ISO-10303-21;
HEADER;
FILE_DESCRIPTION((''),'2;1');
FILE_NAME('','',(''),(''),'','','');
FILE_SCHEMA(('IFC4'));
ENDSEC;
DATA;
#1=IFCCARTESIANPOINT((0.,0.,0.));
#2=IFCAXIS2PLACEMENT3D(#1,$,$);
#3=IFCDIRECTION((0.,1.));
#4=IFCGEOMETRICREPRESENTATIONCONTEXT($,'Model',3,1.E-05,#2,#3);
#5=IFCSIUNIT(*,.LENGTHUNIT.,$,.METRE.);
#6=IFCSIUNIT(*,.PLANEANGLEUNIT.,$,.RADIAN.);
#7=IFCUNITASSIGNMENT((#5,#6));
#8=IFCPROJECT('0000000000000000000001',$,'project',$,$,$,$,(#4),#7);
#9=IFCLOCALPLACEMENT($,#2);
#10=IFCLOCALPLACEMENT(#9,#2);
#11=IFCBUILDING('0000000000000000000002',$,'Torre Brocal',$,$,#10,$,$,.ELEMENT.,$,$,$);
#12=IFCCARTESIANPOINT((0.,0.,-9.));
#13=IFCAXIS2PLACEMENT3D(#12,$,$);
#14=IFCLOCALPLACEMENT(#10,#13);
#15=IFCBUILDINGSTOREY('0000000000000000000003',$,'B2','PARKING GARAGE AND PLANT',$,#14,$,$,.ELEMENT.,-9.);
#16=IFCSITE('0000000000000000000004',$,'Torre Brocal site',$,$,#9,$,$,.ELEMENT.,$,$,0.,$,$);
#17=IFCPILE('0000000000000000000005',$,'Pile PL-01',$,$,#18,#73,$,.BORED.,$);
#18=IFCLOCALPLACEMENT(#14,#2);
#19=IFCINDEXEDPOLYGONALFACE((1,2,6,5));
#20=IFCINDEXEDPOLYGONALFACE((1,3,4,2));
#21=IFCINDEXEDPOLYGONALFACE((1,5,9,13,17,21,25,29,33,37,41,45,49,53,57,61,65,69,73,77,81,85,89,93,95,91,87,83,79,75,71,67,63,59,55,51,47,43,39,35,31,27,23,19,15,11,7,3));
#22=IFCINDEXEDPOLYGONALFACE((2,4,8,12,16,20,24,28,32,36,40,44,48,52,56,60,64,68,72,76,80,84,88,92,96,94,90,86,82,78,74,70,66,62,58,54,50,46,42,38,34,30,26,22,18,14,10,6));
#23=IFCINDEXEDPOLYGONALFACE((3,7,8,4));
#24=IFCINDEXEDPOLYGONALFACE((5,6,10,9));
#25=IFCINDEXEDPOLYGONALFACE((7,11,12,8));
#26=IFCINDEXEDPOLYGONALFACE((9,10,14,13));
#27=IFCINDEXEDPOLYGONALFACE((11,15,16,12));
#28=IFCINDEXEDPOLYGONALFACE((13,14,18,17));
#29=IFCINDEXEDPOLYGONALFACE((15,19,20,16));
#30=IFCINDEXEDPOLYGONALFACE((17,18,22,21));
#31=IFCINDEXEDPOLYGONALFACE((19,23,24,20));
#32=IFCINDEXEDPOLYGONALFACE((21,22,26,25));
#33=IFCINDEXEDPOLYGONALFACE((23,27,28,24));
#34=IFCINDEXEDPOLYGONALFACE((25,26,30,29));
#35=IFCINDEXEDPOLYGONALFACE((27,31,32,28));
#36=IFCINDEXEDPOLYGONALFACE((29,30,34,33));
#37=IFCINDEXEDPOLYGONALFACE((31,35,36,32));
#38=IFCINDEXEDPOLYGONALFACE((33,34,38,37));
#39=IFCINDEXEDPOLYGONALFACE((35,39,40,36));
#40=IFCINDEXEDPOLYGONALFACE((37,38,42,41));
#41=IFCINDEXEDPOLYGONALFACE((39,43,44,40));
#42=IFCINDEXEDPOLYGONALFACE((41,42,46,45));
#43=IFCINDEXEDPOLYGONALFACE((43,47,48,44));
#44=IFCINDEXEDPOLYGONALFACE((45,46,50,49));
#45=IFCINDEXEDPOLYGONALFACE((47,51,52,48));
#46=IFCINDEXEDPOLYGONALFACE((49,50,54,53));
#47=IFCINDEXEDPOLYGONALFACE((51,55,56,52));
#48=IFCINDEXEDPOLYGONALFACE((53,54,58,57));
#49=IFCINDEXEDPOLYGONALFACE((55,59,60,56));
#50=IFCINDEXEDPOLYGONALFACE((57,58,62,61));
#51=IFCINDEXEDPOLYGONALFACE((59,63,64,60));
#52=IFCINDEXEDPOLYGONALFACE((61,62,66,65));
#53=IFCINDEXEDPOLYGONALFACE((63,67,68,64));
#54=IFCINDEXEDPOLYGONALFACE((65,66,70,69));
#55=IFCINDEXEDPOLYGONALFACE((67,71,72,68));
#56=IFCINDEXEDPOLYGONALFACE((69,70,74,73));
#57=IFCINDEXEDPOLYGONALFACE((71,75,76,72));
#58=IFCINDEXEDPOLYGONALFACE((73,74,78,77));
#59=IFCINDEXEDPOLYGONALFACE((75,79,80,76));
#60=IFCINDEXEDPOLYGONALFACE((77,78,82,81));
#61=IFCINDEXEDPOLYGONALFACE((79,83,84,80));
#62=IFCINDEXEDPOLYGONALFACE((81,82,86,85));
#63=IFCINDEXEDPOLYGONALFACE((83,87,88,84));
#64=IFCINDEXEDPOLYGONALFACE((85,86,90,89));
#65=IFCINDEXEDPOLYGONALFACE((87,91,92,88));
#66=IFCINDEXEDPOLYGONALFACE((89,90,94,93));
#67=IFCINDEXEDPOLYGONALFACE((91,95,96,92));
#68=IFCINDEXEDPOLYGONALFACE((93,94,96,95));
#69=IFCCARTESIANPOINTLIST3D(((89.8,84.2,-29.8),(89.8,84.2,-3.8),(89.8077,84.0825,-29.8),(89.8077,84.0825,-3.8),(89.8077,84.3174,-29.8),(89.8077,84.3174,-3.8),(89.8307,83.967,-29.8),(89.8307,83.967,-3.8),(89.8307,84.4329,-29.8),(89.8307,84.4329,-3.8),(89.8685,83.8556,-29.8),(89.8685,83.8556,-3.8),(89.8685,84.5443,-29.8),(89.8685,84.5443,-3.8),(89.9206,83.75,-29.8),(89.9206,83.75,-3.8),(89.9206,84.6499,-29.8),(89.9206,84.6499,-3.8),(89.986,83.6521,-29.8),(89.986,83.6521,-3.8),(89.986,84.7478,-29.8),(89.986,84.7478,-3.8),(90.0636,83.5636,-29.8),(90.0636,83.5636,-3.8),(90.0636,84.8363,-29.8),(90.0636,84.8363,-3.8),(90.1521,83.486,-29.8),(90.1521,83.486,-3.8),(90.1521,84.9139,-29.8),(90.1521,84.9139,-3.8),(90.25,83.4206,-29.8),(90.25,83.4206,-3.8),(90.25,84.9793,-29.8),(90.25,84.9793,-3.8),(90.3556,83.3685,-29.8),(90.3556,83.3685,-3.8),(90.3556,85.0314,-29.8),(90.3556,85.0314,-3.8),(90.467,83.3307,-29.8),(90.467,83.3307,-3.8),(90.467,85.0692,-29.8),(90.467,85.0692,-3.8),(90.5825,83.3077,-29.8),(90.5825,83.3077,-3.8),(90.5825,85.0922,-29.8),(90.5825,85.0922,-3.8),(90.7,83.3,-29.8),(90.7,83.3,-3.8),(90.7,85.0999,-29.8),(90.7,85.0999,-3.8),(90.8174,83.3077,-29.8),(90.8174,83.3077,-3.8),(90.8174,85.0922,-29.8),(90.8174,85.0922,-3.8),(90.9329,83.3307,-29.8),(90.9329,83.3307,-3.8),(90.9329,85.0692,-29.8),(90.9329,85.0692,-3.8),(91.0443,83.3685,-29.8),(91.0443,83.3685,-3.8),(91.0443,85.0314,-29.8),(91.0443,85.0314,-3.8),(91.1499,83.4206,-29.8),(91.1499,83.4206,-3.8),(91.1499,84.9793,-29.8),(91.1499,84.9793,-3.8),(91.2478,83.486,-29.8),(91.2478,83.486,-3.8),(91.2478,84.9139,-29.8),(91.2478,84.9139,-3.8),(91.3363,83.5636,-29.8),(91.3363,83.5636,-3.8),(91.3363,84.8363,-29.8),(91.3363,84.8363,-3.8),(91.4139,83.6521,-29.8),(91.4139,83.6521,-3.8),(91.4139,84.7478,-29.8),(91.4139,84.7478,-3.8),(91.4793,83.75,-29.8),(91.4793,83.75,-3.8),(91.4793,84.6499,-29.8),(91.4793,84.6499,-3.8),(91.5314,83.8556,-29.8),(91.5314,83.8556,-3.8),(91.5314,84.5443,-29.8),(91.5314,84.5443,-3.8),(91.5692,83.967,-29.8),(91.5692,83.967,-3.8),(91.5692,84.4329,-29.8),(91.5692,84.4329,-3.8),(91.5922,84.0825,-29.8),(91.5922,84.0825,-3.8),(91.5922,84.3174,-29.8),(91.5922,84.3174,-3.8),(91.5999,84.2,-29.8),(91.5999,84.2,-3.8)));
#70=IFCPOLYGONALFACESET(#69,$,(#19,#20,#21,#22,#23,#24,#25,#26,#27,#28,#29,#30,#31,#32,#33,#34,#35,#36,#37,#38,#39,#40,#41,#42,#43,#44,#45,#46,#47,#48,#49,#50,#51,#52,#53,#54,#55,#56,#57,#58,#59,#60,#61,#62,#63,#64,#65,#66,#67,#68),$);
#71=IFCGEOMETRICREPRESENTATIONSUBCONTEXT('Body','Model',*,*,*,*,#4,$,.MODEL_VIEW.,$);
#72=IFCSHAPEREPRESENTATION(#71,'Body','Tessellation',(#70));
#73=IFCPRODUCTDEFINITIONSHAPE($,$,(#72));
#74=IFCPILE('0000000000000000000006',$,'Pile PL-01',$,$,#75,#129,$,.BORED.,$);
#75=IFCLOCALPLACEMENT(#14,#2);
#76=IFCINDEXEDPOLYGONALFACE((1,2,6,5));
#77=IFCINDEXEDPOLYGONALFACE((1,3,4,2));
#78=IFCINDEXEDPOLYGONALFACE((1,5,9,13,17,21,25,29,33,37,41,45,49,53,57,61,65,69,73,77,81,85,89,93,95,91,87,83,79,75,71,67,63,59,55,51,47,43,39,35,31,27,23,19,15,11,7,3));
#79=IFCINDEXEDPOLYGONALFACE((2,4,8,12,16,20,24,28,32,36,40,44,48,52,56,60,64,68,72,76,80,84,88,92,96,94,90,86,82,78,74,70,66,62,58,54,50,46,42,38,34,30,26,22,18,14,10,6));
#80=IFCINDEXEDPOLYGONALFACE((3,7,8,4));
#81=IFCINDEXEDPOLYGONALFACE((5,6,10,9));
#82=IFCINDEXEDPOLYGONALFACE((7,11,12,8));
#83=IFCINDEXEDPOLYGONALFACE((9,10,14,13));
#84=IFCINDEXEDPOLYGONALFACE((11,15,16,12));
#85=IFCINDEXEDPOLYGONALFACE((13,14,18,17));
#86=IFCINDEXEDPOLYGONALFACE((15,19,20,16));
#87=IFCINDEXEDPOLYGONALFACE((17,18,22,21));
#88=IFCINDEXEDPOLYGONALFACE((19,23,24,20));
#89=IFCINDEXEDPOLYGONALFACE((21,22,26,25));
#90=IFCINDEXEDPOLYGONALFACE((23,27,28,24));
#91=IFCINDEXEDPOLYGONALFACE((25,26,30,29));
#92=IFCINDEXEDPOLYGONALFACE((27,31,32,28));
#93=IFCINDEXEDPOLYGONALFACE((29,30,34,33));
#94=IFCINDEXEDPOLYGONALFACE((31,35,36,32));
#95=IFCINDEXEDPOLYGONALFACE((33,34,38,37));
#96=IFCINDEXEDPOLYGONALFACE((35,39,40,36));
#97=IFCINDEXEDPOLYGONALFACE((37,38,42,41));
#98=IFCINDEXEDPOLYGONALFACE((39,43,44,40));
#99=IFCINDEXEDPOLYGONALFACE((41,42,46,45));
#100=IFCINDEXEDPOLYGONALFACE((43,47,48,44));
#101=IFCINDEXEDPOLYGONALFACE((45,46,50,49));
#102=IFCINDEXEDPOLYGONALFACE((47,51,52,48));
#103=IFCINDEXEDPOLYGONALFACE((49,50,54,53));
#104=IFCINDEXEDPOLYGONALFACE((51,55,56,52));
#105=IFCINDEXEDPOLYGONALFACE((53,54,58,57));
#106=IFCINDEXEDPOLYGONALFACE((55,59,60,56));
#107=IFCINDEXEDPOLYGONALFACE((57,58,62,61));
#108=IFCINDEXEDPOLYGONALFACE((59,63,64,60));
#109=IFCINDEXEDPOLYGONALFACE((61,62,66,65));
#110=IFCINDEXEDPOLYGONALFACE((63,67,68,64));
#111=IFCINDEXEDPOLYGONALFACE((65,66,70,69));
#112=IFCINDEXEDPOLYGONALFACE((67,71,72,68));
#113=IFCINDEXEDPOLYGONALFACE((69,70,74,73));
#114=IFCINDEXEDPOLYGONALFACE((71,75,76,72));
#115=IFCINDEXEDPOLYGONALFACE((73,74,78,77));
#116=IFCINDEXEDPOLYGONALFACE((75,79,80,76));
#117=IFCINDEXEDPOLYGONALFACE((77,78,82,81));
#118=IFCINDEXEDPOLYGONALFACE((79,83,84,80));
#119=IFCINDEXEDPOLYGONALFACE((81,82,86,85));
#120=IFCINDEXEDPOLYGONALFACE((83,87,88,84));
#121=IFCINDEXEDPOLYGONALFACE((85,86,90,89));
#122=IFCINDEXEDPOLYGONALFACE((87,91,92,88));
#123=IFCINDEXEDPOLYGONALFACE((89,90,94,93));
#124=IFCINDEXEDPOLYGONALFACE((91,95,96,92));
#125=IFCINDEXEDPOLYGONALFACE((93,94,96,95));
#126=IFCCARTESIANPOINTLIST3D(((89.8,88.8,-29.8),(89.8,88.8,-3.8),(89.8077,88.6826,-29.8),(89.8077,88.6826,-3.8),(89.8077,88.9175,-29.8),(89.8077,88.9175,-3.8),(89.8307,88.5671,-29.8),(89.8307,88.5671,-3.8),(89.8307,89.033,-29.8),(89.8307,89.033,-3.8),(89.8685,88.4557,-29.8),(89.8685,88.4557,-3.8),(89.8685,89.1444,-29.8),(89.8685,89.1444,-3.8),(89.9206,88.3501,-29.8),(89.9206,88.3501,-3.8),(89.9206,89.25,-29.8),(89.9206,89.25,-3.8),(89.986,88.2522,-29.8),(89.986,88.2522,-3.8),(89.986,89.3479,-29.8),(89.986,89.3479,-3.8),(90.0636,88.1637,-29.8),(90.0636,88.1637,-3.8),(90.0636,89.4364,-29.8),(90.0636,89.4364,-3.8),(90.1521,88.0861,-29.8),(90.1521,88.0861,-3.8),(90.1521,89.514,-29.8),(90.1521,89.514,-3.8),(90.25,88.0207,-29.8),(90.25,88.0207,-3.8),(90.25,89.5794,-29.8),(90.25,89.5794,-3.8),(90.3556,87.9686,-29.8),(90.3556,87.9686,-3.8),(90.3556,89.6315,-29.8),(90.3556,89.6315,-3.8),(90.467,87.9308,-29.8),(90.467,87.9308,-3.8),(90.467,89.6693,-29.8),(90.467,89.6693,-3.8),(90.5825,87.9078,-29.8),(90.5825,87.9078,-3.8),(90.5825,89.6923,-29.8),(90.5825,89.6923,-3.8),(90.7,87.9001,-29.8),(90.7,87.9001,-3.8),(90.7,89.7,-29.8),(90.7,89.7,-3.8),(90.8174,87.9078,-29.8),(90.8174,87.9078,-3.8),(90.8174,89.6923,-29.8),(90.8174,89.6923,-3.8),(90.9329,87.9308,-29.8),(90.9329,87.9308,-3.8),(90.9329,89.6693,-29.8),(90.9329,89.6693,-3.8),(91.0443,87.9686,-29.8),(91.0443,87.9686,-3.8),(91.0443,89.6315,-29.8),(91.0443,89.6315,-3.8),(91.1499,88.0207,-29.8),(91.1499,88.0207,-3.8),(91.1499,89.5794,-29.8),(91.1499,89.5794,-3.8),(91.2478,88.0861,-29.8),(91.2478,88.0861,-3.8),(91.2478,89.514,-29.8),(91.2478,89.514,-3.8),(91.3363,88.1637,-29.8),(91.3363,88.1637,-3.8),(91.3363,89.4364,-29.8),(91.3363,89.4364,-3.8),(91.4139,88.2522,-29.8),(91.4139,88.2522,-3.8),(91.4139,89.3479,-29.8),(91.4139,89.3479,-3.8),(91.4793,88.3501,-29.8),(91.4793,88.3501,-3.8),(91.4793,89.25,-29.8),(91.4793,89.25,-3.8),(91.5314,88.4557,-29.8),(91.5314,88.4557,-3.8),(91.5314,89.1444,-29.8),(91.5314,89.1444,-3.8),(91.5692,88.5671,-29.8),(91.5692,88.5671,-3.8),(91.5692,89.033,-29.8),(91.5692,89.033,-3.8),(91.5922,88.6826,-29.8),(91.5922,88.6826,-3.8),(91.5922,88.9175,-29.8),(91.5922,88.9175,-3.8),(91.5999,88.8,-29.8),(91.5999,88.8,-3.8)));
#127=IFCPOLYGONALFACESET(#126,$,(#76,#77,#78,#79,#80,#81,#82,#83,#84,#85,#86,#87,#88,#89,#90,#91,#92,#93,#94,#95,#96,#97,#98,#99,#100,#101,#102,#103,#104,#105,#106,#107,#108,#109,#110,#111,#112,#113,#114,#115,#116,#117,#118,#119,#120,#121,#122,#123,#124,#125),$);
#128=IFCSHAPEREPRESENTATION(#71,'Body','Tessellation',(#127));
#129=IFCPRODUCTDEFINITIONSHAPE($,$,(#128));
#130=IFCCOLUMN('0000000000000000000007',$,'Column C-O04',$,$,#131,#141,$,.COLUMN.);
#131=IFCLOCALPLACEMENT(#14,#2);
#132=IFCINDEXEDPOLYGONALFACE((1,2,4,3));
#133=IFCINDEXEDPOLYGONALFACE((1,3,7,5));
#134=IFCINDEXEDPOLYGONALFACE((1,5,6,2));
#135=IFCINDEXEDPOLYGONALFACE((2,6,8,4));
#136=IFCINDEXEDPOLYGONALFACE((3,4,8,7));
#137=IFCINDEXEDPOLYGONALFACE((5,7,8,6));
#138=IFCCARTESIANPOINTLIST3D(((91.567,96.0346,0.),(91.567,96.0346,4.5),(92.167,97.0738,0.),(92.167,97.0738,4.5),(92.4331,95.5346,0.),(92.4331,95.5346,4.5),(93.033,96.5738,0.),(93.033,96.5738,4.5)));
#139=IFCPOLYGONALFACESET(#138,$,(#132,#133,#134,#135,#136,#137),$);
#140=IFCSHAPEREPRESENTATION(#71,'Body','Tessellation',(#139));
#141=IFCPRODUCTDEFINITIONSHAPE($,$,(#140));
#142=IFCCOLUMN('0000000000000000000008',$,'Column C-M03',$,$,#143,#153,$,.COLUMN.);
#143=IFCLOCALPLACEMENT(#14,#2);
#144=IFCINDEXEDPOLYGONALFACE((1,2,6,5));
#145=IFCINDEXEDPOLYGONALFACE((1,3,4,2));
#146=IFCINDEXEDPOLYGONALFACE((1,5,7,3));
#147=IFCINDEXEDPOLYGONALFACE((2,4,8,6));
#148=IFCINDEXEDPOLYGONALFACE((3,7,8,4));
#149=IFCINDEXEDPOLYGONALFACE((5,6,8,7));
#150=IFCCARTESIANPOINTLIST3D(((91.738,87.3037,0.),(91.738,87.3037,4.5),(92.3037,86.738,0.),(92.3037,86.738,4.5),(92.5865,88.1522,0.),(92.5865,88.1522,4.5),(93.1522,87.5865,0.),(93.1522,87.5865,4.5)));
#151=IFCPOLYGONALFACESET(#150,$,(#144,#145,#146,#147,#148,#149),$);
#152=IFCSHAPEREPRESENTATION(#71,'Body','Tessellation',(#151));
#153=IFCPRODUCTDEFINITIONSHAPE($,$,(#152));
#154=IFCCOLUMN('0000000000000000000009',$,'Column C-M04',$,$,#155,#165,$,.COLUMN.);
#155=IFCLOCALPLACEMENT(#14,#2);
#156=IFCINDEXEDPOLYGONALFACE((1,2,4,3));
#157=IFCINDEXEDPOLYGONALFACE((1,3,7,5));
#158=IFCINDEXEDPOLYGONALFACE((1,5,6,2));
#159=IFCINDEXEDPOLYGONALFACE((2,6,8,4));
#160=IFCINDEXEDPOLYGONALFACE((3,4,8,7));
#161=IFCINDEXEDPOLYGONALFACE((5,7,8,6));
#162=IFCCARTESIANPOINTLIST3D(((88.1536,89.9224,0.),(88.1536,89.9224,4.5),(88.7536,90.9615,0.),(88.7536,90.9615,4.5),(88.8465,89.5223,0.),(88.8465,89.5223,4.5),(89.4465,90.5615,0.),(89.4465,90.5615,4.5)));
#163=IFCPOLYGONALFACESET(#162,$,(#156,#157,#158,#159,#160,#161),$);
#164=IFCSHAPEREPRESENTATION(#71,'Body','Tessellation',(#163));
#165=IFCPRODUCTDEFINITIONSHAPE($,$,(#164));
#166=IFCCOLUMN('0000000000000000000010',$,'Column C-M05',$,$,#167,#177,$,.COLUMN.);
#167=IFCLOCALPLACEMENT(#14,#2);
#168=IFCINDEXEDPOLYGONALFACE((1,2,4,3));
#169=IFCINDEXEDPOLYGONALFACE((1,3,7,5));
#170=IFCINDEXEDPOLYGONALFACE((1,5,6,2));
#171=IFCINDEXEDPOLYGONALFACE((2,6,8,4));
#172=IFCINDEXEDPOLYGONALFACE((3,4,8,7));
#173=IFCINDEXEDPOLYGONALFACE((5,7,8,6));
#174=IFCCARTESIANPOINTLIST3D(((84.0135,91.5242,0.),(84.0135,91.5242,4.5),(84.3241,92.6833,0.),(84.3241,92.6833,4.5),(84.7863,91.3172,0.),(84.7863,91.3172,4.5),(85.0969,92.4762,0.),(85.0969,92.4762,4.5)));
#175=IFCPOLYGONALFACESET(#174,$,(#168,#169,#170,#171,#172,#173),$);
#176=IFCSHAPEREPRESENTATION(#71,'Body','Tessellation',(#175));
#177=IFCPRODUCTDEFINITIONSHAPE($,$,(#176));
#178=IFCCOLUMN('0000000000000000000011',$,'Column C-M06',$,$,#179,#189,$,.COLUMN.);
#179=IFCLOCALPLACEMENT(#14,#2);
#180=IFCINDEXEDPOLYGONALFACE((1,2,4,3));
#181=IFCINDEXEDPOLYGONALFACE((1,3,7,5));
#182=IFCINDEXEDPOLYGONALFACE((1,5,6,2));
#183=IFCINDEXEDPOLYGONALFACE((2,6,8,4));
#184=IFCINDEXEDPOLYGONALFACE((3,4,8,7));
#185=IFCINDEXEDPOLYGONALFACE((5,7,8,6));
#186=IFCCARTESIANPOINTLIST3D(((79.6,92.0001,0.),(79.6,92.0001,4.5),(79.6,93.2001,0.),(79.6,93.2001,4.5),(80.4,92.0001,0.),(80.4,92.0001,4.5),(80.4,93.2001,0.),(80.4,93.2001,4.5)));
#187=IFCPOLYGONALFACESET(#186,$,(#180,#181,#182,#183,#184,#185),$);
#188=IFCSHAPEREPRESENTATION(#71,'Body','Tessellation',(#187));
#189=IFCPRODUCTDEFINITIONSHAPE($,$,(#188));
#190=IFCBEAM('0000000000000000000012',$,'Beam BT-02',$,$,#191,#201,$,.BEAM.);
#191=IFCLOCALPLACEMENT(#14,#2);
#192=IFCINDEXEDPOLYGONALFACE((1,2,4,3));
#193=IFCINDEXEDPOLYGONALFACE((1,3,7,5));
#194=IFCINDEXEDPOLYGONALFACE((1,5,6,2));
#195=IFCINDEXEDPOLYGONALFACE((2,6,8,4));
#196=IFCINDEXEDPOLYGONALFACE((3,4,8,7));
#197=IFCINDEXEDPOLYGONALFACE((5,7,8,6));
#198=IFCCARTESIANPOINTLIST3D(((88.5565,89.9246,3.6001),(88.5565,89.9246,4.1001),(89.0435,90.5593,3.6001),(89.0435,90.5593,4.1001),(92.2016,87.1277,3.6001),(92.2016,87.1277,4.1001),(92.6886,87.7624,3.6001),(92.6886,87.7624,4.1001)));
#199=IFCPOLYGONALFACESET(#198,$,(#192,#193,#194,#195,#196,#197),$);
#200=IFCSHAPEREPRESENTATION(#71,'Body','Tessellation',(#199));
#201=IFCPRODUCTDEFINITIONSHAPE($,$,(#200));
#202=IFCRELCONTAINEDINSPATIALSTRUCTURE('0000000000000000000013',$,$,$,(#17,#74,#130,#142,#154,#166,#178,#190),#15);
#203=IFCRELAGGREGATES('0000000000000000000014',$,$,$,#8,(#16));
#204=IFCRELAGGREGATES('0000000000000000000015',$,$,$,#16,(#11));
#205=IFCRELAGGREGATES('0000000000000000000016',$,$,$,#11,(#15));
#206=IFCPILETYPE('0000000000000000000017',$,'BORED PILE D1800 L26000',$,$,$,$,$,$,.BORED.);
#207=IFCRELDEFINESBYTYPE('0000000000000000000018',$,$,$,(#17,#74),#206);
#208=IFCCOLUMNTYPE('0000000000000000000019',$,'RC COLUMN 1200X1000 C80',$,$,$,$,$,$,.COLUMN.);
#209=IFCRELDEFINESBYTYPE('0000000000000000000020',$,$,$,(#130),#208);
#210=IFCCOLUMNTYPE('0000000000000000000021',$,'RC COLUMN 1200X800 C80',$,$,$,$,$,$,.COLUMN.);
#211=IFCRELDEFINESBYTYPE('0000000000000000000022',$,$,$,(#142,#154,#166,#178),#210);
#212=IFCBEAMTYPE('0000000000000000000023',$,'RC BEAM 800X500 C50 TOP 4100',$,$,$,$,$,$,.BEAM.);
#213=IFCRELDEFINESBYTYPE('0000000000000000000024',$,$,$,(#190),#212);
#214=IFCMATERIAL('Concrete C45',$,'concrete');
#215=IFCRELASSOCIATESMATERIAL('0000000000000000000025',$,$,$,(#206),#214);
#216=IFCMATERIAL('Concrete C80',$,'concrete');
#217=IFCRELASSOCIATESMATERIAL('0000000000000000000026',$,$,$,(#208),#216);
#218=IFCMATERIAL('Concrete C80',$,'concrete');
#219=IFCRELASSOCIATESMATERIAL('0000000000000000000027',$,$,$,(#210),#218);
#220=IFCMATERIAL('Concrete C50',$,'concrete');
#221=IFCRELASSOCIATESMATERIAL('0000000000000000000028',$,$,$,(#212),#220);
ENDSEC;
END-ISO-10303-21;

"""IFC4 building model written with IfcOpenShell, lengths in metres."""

from ifc_helpers import new_model, si_unit, direction, frame, origin, origin_2d, place, context, subcontext, project, spatial, rectangle, circle, extrude, material, material_profile, profile_set, type_object, element, save


model = new_model("IFC4")

# Units and contexts
model_context = context("Model", 3, precision=1e-05, world=origin(), true_north=direction((0.0, 1.0)))
body_context = subcontext(model_context, "Body", "Model", "MODEL_VIEW")
ifc_project = project(units=[si_unit("LENGTHUNIT", "METRE"), si_unit("PLANEANGLEUNIT", "RADIAN")], contexts=[model_context])

# Site, building, storey
site_placement = place(None, origin())
site = spatial("IfcSite", under=ifc_project, at=site_placement, Name="Torre Brocal site", CompositionType="ELEMENT", RefElevation=0.0)
building_placement = place(site_placement, origin())
building = spatial("IfcBuilding", under=site, at=building_placement, Name="Torre Brocal", CompositionType="ELEMENT")
storey_placement = place(building_placement, frame((0.0, 0.0, -9.0)))
storey = spatial("IfcBuildingStorey", under=building, at=storey_placement, Name="B2", Description="PARKING GARAGE AND PLANT", CompositionType="ELEMENT", Elevation=-9.0)

# Piles
ifc_material_1 = material(Name="Concrete C45", Category="concrete")
ifc_material_profile_1 = material_profile(ifc_material_1, circle(Radius=0.8999, at=origin_2d()), Name="BORED PILE D1800")
ifc_profile_set_1 = profile_set([ifc_material_profile_1], Name="Concrete C45")
pile_type_1 = type_object("IfcPileType", Name="BORED PILE D1800 L26000", PredefinedType="BORED", material=ifc_profile_set_1)
for number, where, z_axis, x_axis, name in (
    (1, (90.7, 84.2, -3.8), (0.0, 0.0, -1.0), (1.0, 0.0, 0.0), "Pile PL-01"),
    (2, (90.7, 88.8, -3.8), (0.0, 0.0, -1.0), (1.0, 0.0, 0.0), "Pile PL-01"),
):
    element("IfcPile", number, at=place(storey_placement, frame(where, z_axis=z_axis, x_axis=x_axis)), inside=storey, type_object=pile_type_1, Name=name, PredefinedType="BORED", context=body_context, shape_type="SweptSolid", body=[
        extrude(circle(Radius=0.8999, at=origin_2d()), origin(), (0.0, 0.0, 1.0), 26.0),
    ])

# Columns
ifc_material_2 = material(Name="Concrete C80", Category="concrete")
ifc_material_profile_2 = material_profile(ifc_material_2, rectangle(XDim=1.2, YDim=1.0, at=origin_2d()), Name="RC 1200X1000")
ifc_profile_set_2 = profile_set([ifc_material_profile_2], Name="Concrete C80")
column_type_1 = type_object("IfcColumnType", Name="RC COLUMN 1200X1000 C80", PredefinedType="COLUMN", material=ifc_profile_set_2)
column_placement = place(storey_placement, frame((92.3, 96.3042, 0.0), z_axis=(0.0, 0.0, 1.0), x_axis=(0.5, 0.866025, 0.0)))
element("IfcColumn", 3, at=column_placement, inside=storey, type_object=column_type_1, Name="Column C-O04", PredefinedType="COLUMN", context=body_context, shape_type="SweptSolid", body=[
    extrude(rectangle(XDim=1.2, YDim=1.0, at=origin_2d()), origin(), (0.0, 0.0, 1.0), 4.5),
])
ifc_material_3 = material(Name="Concrete C80", Category="concrete")
ifc_material_profile_3 = material_profile(ifc_material_3, rectangle(XDim=1.2, YDim=0.8, at=origin_2d()), Name="RC 1200X800")
ifc_profile_set_3 = profile_set([ifc_material_profile_3], Name="Concrete C80")
column_type_2 = type_object("IfcColumnType", Name="RC COLUMN 1200X800 C80", PredefinedType="COLUMN", material=ifc_profile_set_3)
for number, where, z_axis, x_axis, name in (
    (4, (92.4451, 87.4451, 0.0), (0.0, 0.0, 1.0), (0.707107, 0.707107, 0.0), "Column C-M03"),
    (5, (88.8, 90.2419, 0.0), (0.0, 0.0, 1.0), (0.5, 0.866025, 0.0), "Column C-M04"),
    (6, (84.5552, 92.0002, 0.0), (0.0, 0.0, 1.0), (0.258819, 0.965926, 0.0), "Column C-M05"),
    (7, (80.0, 92.6001, 0.0), (0.0, 0.0, 1.0), (0.0, 1.0, 0.0), "Column C-M06"),
):
    element("IfcColumn", number, at=place(storey_placement, frame(where, z_axis=z_axis, x_axis=x_axis)), inside=storey, type_object=column_type_2, Name=name, PredefinedType="COLUMN", context=body_context, shape_type="SweptSolid", body=[
        extrude(rectangle(XDim=1.2, YDim=0.8, at=origin_2d()), origin(), (0.0, 0.0, 1.0), 4.5),
    ])

# Beam
ifc_material_4 = material(Name="Concrete C50", Category="concrete")
ifc_material_profile_4 = material_profile(ifc_material_4, rectangle(XDim=0.8, YDim=0.5, at=origin_2d()), Name="RC 800X500")
ifc_profile_set_4 = profile_set([ifc_material_profile_4], Name="Concrete C50")
beam_type = type_object("IfcBeamType", Name="RC BEAM 800X500 C50 TOP 4100", PredefinedType="BEAM", material=ifc_profile_set_4)
beam_1_placement = place(storey_placement, frame((92.4451, 87.4451, 3.8501), z_axis=(-0.793358, 0.608755, 0.0), x_axis=(-0.608755, -0.793358, 0.0)))
element("IfcBeam", 8, at=beam_1_placement, inside=storey, type_object=beam_type, Name="Beam BT-02", PredefinedType="BEAM", context=body_context, shape_type="SweptSolid", body=[
    extrude(rectangle(XDim=0.8, YDim=0.5, at=origin_2d()), origin(), (0.0, 0.0, 1.0), 4.5945),
])

save(model, "model.ifc")
